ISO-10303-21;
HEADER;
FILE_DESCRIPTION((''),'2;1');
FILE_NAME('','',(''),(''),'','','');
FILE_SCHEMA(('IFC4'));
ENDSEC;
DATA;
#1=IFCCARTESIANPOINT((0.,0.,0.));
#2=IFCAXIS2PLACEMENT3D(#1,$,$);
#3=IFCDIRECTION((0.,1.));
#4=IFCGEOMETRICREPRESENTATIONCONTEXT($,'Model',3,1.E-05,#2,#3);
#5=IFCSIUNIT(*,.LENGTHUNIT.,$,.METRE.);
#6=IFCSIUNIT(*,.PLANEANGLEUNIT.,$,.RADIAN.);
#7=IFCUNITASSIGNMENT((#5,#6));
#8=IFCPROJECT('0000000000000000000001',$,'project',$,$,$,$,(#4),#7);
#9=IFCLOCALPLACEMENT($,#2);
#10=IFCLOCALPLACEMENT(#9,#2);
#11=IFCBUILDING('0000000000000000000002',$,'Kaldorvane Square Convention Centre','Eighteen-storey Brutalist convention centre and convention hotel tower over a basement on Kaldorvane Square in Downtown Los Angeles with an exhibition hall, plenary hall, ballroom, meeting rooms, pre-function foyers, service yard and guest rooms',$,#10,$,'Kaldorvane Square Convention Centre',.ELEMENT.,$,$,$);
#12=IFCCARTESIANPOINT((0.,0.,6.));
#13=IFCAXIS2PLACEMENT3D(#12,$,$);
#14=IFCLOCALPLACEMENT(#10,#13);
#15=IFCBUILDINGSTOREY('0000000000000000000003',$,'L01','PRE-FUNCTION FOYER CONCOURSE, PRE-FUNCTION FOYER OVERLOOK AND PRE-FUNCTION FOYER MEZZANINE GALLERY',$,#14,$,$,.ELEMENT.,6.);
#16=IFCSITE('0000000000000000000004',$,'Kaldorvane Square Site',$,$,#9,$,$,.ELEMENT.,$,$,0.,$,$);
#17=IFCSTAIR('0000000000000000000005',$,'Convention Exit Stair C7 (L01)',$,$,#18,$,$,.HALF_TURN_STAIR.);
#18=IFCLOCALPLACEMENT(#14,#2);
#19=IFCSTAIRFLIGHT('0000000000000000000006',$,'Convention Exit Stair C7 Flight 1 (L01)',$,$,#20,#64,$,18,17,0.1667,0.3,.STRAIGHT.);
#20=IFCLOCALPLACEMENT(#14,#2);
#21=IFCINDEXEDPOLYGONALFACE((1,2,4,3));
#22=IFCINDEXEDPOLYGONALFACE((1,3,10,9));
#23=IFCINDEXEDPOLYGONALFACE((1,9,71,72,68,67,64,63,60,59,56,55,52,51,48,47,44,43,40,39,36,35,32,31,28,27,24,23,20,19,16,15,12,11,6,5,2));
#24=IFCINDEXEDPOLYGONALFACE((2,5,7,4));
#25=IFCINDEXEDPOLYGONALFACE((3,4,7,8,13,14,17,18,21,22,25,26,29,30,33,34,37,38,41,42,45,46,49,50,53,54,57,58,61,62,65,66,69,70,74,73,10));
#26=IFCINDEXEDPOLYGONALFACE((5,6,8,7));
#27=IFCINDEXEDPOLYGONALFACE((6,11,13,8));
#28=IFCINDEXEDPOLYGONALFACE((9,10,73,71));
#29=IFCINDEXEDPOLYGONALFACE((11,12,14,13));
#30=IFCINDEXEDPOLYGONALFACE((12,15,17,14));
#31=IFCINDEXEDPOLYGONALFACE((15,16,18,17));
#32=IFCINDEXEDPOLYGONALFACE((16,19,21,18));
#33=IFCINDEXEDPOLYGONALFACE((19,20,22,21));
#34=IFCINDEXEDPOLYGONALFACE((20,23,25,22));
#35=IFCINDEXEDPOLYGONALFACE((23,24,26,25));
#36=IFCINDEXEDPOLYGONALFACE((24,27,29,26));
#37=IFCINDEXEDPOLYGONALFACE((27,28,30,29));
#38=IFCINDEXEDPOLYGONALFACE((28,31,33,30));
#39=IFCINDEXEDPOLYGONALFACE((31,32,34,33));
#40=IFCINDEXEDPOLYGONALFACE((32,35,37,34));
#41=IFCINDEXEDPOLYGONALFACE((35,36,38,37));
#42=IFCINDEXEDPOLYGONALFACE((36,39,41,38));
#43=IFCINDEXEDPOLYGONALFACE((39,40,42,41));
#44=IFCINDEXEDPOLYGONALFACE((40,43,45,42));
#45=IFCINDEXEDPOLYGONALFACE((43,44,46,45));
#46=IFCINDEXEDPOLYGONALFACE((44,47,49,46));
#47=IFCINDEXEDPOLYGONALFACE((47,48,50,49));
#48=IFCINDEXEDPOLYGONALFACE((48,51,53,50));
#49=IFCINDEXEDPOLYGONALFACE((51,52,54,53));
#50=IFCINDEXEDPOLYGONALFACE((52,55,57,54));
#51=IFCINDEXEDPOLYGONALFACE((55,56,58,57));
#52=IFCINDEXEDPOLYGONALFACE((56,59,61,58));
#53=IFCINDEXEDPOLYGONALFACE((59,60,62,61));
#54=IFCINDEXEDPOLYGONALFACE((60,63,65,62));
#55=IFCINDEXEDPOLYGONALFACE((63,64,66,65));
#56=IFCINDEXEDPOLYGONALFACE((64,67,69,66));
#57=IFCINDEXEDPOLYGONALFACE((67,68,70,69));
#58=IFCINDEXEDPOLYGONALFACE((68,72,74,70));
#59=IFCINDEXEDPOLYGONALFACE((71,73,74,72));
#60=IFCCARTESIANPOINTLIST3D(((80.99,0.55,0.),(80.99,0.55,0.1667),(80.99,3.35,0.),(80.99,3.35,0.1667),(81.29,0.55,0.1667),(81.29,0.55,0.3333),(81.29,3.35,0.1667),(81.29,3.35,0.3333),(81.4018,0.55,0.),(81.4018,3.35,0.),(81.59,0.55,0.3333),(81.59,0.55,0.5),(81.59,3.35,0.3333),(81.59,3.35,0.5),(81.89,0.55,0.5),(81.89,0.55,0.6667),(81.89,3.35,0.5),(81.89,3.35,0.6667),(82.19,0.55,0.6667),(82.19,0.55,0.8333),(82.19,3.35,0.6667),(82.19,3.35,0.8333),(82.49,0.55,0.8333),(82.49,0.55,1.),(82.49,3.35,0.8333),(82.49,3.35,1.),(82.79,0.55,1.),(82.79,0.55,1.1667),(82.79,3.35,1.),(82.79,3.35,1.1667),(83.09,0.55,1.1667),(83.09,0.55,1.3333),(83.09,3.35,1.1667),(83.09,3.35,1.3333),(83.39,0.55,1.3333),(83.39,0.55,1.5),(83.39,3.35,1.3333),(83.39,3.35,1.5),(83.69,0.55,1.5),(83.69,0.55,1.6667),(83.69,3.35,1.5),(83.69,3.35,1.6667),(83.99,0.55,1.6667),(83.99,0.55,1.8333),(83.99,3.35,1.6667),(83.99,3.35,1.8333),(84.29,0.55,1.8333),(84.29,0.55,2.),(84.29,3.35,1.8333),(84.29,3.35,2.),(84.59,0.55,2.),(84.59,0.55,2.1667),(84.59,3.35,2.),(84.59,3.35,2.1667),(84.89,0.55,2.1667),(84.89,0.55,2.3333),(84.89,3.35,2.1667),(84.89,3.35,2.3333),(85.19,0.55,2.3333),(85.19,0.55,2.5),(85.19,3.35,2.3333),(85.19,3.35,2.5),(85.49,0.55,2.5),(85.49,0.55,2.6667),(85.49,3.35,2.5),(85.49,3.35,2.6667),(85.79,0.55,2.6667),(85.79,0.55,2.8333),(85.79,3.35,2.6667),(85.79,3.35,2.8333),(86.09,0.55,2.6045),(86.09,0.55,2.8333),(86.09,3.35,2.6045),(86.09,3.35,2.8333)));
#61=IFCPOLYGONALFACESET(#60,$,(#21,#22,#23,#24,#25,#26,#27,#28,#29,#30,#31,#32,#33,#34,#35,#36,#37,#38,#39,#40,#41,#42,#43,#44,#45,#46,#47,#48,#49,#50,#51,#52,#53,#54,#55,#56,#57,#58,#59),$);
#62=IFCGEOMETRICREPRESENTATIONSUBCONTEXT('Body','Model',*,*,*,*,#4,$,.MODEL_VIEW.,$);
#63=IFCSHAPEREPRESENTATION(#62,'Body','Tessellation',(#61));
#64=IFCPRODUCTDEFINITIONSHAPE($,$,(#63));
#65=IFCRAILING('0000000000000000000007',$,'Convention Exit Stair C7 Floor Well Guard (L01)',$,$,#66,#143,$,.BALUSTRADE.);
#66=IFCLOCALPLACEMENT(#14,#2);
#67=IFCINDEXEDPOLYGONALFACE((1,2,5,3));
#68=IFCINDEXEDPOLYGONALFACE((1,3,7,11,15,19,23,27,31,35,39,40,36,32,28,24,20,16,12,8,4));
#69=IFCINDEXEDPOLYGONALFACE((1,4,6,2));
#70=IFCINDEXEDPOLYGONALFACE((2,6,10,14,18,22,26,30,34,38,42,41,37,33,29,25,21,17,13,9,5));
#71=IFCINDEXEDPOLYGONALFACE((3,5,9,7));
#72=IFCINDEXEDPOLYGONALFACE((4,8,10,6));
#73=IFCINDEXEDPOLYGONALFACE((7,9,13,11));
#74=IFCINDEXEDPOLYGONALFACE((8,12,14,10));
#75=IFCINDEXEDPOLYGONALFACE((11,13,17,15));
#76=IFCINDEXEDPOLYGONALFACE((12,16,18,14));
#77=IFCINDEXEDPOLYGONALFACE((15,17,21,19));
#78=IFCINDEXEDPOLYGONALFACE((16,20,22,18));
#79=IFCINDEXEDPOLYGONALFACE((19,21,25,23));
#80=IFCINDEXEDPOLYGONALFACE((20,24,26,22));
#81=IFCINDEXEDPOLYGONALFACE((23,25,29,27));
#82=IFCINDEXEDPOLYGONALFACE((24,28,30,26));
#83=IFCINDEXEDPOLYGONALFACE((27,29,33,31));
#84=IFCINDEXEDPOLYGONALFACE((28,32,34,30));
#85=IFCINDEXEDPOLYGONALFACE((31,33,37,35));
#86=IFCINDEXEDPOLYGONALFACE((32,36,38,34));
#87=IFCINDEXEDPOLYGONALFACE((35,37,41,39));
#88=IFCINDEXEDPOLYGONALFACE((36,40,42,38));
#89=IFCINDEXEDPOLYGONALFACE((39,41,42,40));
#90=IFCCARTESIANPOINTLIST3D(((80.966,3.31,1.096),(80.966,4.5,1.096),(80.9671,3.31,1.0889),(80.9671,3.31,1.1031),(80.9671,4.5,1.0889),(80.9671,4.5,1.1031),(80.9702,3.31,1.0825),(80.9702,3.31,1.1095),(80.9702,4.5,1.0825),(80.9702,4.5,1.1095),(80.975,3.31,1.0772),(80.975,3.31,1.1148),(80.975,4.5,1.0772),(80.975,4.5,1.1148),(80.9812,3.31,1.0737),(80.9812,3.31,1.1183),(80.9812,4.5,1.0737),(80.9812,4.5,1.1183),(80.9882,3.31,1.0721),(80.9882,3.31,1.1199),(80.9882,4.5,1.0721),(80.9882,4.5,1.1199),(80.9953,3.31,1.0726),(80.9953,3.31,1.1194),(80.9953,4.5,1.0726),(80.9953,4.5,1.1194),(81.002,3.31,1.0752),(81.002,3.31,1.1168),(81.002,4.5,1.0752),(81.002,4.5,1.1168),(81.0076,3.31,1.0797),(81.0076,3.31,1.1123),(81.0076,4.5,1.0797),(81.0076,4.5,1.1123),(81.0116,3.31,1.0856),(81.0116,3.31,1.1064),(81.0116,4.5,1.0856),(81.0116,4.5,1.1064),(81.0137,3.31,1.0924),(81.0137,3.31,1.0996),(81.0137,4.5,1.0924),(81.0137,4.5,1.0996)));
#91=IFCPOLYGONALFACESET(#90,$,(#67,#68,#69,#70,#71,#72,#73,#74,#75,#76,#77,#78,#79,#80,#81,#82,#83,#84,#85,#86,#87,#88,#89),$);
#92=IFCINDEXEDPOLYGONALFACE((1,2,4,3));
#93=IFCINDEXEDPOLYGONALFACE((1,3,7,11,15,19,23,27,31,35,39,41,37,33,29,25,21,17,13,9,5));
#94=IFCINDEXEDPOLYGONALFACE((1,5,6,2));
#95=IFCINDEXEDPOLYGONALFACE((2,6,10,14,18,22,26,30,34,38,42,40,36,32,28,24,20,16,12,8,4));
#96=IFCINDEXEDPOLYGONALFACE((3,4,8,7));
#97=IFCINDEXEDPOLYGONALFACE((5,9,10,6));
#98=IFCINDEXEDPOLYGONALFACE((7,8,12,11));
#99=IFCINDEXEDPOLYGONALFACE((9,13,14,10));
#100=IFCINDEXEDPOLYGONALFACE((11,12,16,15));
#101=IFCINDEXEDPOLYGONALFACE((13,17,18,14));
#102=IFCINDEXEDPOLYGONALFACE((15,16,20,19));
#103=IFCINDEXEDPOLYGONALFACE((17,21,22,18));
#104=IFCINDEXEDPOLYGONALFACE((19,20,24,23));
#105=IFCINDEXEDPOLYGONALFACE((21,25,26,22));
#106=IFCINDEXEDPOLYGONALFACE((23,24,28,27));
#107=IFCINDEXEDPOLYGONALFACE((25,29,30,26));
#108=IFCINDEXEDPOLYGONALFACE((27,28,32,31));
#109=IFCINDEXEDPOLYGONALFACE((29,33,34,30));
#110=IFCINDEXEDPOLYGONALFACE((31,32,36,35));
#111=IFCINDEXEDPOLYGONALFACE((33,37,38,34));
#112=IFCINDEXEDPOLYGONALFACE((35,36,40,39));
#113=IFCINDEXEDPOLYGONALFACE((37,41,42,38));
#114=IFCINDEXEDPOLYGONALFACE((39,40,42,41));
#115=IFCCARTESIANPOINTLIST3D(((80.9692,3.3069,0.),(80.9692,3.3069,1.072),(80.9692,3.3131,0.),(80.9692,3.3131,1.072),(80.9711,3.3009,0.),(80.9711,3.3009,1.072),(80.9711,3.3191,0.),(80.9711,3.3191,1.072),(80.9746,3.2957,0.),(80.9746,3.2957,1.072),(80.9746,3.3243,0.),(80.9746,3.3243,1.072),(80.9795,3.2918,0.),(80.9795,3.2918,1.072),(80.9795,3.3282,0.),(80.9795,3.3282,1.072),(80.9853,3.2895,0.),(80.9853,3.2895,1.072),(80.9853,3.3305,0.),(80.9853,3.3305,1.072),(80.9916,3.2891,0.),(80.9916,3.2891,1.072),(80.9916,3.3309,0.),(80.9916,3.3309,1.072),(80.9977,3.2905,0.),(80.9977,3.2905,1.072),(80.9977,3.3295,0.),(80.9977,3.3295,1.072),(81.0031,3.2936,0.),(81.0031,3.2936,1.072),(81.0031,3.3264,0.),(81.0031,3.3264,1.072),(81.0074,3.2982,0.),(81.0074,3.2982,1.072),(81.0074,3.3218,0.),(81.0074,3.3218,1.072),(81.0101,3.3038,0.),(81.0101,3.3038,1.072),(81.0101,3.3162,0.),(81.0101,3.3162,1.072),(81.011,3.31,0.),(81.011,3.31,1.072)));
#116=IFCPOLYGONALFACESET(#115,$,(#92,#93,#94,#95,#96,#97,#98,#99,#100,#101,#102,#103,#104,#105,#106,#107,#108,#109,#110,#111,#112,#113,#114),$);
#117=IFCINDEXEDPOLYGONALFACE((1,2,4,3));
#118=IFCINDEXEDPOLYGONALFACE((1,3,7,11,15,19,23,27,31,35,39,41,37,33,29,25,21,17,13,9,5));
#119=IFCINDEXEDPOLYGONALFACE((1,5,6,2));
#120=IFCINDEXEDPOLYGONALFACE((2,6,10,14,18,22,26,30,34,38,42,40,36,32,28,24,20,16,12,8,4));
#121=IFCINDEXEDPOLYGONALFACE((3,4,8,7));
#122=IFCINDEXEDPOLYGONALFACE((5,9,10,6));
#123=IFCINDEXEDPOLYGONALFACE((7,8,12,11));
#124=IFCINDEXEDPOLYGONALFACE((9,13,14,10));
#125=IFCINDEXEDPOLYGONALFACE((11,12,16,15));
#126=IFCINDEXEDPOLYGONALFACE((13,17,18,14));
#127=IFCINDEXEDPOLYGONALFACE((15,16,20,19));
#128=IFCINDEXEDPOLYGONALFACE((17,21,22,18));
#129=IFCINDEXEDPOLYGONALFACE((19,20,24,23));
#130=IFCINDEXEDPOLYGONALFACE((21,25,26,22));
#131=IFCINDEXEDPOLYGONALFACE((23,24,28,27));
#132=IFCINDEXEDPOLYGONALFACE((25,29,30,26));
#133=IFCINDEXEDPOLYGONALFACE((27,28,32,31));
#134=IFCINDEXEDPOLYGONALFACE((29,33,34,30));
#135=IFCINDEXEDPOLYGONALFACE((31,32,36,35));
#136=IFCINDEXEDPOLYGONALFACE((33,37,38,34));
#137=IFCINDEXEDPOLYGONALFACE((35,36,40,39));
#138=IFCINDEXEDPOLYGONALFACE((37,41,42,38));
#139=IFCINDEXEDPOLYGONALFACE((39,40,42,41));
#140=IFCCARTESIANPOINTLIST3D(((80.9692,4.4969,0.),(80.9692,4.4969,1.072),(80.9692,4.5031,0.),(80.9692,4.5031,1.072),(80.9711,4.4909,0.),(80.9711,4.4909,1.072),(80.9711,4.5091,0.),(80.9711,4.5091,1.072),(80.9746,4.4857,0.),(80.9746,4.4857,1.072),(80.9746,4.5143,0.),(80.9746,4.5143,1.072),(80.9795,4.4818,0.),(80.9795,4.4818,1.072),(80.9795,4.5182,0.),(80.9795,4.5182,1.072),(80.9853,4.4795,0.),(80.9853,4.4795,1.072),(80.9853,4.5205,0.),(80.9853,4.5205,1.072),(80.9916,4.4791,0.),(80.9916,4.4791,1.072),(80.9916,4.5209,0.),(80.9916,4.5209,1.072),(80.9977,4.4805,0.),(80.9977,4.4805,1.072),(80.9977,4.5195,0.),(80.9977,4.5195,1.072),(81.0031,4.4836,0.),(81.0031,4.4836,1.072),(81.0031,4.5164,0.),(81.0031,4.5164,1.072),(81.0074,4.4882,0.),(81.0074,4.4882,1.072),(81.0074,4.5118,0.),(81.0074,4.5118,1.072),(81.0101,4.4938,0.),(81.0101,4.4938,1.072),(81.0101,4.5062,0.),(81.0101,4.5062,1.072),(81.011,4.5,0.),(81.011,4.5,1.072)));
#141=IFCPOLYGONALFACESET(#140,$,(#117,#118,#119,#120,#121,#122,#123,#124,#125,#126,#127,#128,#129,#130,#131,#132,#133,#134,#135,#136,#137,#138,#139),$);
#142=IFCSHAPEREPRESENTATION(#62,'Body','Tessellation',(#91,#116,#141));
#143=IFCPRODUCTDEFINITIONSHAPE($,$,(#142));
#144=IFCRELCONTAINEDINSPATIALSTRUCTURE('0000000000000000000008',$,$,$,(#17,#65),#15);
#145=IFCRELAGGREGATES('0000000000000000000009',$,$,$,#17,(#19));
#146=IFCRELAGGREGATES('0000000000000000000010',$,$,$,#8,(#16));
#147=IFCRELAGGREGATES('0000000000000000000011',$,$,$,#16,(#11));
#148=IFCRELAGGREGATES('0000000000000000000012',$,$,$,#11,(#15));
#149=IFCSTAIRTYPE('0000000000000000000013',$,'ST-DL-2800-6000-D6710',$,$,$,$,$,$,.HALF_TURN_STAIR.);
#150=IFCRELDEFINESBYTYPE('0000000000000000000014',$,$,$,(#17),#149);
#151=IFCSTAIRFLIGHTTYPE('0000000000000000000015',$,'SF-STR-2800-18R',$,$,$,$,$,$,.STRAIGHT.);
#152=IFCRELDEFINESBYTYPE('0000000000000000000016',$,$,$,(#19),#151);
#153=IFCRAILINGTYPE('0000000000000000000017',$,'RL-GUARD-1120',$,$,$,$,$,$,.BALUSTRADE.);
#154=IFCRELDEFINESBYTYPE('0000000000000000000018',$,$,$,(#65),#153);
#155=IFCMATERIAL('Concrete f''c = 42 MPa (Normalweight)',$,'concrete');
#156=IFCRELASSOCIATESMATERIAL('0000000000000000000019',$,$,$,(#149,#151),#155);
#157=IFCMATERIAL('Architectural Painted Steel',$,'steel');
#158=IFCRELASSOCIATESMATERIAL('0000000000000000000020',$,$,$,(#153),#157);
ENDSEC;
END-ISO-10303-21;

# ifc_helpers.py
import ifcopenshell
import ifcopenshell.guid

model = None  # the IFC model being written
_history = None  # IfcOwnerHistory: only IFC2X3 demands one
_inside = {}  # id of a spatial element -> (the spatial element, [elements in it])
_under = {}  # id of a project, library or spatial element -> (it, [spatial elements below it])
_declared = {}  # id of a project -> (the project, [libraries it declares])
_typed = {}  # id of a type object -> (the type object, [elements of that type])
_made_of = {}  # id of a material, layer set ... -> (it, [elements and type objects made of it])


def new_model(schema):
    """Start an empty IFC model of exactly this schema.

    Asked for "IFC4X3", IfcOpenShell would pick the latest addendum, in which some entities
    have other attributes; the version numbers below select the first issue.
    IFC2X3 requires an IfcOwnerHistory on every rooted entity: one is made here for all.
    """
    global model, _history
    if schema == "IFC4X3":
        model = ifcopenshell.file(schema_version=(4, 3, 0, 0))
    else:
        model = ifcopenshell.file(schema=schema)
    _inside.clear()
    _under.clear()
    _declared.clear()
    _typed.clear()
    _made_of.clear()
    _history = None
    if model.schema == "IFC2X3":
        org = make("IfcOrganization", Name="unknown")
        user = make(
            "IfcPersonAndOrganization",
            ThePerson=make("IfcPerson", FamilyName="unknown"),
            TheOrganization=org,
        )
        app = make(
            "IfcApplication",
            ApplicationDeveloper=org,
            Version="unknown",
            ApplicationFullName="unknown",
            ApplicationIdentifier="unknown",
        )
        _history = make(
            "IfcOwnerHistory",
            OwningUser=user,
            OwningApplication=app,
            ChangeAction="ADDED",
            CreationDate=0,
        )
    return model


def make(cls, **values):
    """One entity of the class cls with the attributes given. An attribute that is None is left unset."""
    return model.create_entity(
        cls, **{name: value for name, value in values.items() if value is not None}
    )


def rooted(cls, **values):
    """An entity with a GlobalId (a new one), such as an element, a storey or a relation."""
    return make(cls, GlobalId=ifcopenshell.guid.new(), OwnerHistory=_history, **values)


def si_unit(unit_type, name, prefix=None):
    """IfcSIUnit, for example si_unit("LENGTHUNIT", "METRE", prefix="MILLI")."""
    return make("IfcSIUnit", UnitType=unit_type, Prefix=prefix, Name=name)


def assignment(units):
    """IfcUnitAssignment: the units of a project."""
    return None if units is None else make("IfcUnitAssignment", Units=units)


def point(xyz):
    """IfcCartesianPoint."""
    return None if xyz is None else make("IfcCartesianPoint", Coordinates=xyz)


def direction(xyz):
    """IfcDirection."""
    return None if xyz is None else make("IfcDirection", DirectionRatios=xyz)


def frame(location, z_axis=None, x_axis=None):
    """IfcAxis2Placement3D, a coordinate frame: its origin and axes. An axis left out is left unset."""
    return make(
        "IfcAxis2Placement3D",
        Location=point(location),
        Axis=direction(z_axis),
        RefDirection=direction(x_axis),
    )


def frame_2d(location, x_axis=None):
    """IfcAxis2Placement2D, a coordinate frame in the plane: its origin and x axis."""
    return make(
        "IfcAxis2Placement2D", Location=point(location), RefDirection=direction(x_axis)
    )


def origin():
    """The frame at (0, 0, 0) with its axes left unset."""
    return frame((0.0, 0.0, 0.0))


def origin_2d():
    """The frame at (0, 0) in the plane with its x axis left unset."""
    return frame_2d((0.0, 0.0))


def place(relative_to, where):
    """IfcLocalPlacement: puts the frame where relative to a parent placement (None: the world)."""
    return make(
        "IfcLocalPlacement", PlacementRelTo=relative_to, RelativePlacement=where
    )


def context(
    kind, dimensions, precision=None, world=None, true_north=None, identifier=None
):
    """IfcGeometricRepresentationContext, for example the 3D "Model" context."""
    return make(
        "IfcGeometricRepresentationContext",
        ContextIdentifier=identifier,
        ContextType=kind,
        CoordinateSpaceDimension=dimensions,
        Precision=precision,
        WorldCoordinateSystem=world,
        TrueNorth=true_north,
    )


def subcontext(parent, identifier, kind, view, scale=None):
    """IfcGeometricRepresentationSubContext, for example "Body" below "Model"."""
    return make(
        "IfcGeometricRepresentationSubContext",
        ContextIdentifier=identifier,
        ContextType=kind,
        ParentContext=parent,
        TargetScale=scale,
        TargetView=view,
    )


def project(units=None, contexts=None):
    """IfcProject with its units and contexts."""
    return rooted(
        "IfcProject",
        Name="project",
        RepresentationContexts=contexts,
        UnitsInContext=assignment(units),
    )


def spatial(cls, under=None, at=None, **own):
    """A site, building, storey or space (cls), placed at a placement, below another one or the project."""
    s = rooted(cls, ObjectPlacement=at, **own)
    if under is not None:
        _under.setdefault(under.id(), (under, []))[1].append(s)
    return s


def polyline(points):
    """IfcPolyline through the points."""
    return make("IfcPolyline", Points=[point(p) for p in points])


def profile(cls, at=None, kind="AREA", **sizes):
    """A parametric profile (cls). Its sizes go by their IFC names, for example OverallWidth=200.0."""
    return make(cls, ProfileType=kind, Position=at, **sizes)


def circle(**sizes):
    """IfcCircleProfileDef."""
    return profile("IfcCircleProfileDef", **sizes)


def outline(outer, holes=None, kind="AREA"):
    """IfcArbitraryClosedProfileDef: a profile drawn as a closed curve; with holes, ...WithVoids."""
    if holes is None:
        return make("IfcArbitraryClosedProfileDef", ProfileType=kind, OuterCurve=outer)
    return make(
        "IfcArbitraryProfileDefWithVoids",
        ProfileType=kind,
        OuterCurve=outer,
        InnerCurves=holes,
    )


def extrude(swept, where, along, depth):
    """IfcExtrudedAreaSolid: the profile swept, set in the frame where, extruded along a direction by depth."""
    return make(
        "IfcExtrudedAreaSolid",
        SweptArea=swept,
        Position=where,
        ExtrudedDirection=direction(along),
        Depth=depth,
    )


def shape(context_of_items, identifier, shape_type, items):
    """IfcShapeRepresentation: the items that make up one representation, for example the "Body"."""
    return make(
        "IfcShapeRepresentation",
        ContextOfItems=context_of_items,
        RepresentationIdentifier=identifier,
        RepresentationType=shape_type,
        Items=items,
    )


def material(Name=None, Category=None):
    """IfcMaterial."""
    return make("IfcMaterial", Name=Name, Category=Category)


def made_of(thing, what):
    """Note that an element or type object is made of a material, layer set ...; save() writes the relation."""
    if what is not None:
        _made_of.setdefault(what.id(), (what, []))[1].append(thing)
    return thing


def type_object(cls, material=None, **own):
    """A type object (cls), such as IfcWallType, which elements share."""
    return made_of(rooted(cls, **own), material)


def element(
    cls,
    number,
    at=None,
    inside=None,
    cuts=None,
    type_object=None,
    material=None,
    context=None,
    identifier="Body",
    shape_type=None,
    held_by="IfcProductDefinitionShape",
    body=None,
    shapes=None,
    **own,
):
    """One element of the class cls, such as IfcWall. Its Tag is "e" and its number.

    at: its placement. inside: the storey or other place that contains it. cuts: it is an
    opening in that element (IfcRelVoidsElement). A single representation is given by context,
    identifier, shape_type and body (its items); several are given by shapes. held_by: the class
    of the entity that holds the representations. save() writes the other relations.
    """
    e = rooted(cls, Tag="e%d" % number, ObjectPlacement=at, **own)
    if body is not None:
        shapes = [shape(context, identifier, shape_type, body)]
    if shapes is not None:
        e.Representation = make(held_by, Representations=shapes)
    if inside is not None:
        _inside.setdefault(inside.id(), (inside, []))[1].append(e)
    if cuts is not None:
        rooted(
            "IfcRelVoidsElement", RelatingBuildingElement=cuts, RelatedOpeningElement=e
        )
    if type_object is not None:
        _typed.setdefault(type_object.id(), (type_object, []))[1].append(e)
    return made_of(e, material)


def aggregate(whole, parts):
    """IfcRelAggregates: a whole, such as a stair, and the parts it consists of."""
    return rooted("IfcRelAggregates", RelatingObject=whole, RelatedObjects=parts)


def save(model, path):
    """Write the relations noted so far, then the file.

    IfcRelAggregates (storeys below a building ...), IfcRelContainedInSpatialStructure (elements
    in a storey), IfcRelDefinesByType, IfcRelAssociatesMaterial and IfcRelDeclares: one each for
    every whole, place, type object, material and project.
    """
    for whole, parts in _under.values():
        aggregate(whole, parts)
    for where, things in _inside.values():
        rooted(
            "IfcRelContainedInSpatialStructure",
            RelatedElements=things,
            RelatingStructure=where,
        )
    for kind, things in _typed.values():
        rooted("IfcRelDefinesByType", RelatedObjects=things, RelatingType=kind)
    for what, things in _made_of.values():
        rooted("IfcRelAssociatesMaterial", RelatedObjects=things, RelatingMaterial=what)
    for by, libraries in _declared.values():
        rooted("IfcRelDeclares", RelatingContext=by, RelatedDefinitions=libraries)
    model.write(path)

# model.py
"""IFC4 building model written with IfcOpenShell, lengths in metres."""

from ifc_helpers import new_model, si_unit, direction, frame, origin, origin_2d, place, context, subcontext, project, spatial, polyline, circle, outline, extrude, material, type_object, element, aggregate, save


model = new_model("IFC4")

# Units and contexts
model_context = context("Model", 3, precision=1e-05, world=origin(), true_north=direction((0.0, 1.0)))
body_context = subcontext(model_context, "Body", "Model", "MODEL_VIEW")
ifc_project = project(units=[si_unit("LENGTHUNIT", "METRE"), si_unit("PLANEANGLEUNIT", "RADIAN")], contexts=[model_context])

# Site, building, storey
site_placement = place(None, origin())
site = spatial("IfcSite", under=ifc_project, at=site_placement, Name="Kaldorvane Square Site", CompositionType="ELEMENT", RefElevation=0.0)
building_placement = place(site_placement, origin())
building = spatial("IfcBuilding", under=site, at=building_placement, Name="Kaldorvane Square Convention Centre", Description="Eighteen-storey Brutalist convention centre and convention hotel tower over a basement on Kaldorvane Square in Downtown Los Angeles with an exhibition hall, plenary hall, ballroom, meeting rooms, pre-function foyers, service yard and guest rooms", LongName="Kaldorvane Square Convention Centre", CompositionType="ELEMENT")
storey_placement = place(building_placement, frame((0.0, 0.0, 6.0)))
storey = spatial("IfcBuildingStorey", under=building, at=storey_placement, Name="L01", Description="PRE-FUNCTION FOYER CONCOURSE, PRE-FUNCTION FOYER OVERLOOK AND PRE-FUNCTION FOYER MEZZANINE GALLERY", CompositionType="ELEMENT", Elevation=6.0)

# Shared definitions
ifc_material_1 = material(Name="Concrete f'c = 42 MPa (Normalweight)", Category="concrete")

# Stair, stair flight
stair_type = type_object("IfcStairType", Name="ST-DL-2800-6000-D6710", PredefinedType="HALF_TURN_STAIR", material=ifc_material_1)
stair_placement = place(storey_placement, origin())
stair = element("IfcStair", 1, at=stair_placement, inside=storey, type_object=stair_type, Name="Convention Exit Stair C7 (L01)", PredefinedType="HALF_TURN_STAIR")
stair_flight_type = type_object("IfcStairFlightType", Name="SF-STR-2800-18R", PredefinedType="STRAIGHT", material=ifc_material_1)
stair_flight_placement = place(storey_placement, frame((80.99, 1.95, 0.0), z_axis=(0.0, 0.0, 1.0), x_axis=(1.0, 0.0, 0.0)))
stair_flight = element("IfcStairFlight", 2, at=stair_flight_placement, type_object=stair_flight_type, Name="Convention Exit Stair C7 Flight 1 (L01)", NumberOfRisers=18, NumberOfTreads=17, PredefinedType="STRAIGHT", RiserHeight=0.1667, TreadLength=0.3, context=body_context, shape_type="SweptSolid", body=[
    extrude(outline(polyline([(0.0, 0.0), (0.0, 0.1667), (0.3, 0.1667), (0.3, 0.3333), (0.6, 0.3333), (0.6, 0.5), (0.9, 0.5), (0.9, 0.6667), (1.2, 0.6667), (1.2, 0.8333), (1.5, 0.8333), (1.5, 1.0), (1.8, 1.0), (1.8, 1.1667), (2.1, 1.1667), (2.1, 1.3333), (2.4, 1.3333), (2.4, 1.5), (2.7, 1.5), (2.7, 1.6667), (3.0, 1.6667), (3.0, 1.8333), (3.3, 1.8333), (3.3, 2.0), (3.6, 2.0), (3.6, 2.1667), (3.9, 2.1667), (3.9, 2.3333), (4.2, 2.3333), (4.2, 2.5), (4.5, 2.5), (4.5, 2.6667), (4.8, 2.6667), (4.8, 2.8333), (5.1, 2.8333), (5.1, 3.0), (5.1, 2.6045), (0.4118, 0.0), (0.0, 0.0)])), frame((0.0, 1.4, 0.0), z_axis=(0.0, -1.0, 0.0), x_axis=(1.0, 0.0, 0.0)), (0.0, 0.0, 1.0), 2.8),
])
aggregate(stair, [stair_flight])

# Railing
ifc_material_2 = material(Name="Architectural Painted Steel", Category="steel")
railing_type_1 = type_object("IfcRailingType", Name="RL-GUARD-1120", PredefinedType="BALUSTRADE", material=ifc_material_2)
for number, where, name in (
    (3, (80.99, 3.31, 0.0), "Convention Exit Stair C7 Floor Well Guard (L01)"),
):
    element("IfcRailing", number, at=place(storey_placement, frame(where)), inside=storey, type_object=railing_type_1, Name=name, PredefinedType="BALUSTRADE", context=body_context, shape_type="SweptSolid", body=[
        extrude(circle(Radius=0.024, at=origin_2d()), frame((0.0, 0.0, 1.096), z_axis=(0.0, 1.0, 0.0), x_axis=(-1.0, 0.0, 0.0)), (0.0, 0.0, 1.0), 1.19),
        extrude(circle(Radius=0.021, at=origin_2d()), origin(), (0.0, 0.0, 1.0), 1.072),
        extrude(circle(Radius=0.021, at=origin_2d()), frame((0.0, 1.19, 0.0)), (0.0, 0.0, 1.0), 1.072),
    ])

save(model, "model.ifc")
